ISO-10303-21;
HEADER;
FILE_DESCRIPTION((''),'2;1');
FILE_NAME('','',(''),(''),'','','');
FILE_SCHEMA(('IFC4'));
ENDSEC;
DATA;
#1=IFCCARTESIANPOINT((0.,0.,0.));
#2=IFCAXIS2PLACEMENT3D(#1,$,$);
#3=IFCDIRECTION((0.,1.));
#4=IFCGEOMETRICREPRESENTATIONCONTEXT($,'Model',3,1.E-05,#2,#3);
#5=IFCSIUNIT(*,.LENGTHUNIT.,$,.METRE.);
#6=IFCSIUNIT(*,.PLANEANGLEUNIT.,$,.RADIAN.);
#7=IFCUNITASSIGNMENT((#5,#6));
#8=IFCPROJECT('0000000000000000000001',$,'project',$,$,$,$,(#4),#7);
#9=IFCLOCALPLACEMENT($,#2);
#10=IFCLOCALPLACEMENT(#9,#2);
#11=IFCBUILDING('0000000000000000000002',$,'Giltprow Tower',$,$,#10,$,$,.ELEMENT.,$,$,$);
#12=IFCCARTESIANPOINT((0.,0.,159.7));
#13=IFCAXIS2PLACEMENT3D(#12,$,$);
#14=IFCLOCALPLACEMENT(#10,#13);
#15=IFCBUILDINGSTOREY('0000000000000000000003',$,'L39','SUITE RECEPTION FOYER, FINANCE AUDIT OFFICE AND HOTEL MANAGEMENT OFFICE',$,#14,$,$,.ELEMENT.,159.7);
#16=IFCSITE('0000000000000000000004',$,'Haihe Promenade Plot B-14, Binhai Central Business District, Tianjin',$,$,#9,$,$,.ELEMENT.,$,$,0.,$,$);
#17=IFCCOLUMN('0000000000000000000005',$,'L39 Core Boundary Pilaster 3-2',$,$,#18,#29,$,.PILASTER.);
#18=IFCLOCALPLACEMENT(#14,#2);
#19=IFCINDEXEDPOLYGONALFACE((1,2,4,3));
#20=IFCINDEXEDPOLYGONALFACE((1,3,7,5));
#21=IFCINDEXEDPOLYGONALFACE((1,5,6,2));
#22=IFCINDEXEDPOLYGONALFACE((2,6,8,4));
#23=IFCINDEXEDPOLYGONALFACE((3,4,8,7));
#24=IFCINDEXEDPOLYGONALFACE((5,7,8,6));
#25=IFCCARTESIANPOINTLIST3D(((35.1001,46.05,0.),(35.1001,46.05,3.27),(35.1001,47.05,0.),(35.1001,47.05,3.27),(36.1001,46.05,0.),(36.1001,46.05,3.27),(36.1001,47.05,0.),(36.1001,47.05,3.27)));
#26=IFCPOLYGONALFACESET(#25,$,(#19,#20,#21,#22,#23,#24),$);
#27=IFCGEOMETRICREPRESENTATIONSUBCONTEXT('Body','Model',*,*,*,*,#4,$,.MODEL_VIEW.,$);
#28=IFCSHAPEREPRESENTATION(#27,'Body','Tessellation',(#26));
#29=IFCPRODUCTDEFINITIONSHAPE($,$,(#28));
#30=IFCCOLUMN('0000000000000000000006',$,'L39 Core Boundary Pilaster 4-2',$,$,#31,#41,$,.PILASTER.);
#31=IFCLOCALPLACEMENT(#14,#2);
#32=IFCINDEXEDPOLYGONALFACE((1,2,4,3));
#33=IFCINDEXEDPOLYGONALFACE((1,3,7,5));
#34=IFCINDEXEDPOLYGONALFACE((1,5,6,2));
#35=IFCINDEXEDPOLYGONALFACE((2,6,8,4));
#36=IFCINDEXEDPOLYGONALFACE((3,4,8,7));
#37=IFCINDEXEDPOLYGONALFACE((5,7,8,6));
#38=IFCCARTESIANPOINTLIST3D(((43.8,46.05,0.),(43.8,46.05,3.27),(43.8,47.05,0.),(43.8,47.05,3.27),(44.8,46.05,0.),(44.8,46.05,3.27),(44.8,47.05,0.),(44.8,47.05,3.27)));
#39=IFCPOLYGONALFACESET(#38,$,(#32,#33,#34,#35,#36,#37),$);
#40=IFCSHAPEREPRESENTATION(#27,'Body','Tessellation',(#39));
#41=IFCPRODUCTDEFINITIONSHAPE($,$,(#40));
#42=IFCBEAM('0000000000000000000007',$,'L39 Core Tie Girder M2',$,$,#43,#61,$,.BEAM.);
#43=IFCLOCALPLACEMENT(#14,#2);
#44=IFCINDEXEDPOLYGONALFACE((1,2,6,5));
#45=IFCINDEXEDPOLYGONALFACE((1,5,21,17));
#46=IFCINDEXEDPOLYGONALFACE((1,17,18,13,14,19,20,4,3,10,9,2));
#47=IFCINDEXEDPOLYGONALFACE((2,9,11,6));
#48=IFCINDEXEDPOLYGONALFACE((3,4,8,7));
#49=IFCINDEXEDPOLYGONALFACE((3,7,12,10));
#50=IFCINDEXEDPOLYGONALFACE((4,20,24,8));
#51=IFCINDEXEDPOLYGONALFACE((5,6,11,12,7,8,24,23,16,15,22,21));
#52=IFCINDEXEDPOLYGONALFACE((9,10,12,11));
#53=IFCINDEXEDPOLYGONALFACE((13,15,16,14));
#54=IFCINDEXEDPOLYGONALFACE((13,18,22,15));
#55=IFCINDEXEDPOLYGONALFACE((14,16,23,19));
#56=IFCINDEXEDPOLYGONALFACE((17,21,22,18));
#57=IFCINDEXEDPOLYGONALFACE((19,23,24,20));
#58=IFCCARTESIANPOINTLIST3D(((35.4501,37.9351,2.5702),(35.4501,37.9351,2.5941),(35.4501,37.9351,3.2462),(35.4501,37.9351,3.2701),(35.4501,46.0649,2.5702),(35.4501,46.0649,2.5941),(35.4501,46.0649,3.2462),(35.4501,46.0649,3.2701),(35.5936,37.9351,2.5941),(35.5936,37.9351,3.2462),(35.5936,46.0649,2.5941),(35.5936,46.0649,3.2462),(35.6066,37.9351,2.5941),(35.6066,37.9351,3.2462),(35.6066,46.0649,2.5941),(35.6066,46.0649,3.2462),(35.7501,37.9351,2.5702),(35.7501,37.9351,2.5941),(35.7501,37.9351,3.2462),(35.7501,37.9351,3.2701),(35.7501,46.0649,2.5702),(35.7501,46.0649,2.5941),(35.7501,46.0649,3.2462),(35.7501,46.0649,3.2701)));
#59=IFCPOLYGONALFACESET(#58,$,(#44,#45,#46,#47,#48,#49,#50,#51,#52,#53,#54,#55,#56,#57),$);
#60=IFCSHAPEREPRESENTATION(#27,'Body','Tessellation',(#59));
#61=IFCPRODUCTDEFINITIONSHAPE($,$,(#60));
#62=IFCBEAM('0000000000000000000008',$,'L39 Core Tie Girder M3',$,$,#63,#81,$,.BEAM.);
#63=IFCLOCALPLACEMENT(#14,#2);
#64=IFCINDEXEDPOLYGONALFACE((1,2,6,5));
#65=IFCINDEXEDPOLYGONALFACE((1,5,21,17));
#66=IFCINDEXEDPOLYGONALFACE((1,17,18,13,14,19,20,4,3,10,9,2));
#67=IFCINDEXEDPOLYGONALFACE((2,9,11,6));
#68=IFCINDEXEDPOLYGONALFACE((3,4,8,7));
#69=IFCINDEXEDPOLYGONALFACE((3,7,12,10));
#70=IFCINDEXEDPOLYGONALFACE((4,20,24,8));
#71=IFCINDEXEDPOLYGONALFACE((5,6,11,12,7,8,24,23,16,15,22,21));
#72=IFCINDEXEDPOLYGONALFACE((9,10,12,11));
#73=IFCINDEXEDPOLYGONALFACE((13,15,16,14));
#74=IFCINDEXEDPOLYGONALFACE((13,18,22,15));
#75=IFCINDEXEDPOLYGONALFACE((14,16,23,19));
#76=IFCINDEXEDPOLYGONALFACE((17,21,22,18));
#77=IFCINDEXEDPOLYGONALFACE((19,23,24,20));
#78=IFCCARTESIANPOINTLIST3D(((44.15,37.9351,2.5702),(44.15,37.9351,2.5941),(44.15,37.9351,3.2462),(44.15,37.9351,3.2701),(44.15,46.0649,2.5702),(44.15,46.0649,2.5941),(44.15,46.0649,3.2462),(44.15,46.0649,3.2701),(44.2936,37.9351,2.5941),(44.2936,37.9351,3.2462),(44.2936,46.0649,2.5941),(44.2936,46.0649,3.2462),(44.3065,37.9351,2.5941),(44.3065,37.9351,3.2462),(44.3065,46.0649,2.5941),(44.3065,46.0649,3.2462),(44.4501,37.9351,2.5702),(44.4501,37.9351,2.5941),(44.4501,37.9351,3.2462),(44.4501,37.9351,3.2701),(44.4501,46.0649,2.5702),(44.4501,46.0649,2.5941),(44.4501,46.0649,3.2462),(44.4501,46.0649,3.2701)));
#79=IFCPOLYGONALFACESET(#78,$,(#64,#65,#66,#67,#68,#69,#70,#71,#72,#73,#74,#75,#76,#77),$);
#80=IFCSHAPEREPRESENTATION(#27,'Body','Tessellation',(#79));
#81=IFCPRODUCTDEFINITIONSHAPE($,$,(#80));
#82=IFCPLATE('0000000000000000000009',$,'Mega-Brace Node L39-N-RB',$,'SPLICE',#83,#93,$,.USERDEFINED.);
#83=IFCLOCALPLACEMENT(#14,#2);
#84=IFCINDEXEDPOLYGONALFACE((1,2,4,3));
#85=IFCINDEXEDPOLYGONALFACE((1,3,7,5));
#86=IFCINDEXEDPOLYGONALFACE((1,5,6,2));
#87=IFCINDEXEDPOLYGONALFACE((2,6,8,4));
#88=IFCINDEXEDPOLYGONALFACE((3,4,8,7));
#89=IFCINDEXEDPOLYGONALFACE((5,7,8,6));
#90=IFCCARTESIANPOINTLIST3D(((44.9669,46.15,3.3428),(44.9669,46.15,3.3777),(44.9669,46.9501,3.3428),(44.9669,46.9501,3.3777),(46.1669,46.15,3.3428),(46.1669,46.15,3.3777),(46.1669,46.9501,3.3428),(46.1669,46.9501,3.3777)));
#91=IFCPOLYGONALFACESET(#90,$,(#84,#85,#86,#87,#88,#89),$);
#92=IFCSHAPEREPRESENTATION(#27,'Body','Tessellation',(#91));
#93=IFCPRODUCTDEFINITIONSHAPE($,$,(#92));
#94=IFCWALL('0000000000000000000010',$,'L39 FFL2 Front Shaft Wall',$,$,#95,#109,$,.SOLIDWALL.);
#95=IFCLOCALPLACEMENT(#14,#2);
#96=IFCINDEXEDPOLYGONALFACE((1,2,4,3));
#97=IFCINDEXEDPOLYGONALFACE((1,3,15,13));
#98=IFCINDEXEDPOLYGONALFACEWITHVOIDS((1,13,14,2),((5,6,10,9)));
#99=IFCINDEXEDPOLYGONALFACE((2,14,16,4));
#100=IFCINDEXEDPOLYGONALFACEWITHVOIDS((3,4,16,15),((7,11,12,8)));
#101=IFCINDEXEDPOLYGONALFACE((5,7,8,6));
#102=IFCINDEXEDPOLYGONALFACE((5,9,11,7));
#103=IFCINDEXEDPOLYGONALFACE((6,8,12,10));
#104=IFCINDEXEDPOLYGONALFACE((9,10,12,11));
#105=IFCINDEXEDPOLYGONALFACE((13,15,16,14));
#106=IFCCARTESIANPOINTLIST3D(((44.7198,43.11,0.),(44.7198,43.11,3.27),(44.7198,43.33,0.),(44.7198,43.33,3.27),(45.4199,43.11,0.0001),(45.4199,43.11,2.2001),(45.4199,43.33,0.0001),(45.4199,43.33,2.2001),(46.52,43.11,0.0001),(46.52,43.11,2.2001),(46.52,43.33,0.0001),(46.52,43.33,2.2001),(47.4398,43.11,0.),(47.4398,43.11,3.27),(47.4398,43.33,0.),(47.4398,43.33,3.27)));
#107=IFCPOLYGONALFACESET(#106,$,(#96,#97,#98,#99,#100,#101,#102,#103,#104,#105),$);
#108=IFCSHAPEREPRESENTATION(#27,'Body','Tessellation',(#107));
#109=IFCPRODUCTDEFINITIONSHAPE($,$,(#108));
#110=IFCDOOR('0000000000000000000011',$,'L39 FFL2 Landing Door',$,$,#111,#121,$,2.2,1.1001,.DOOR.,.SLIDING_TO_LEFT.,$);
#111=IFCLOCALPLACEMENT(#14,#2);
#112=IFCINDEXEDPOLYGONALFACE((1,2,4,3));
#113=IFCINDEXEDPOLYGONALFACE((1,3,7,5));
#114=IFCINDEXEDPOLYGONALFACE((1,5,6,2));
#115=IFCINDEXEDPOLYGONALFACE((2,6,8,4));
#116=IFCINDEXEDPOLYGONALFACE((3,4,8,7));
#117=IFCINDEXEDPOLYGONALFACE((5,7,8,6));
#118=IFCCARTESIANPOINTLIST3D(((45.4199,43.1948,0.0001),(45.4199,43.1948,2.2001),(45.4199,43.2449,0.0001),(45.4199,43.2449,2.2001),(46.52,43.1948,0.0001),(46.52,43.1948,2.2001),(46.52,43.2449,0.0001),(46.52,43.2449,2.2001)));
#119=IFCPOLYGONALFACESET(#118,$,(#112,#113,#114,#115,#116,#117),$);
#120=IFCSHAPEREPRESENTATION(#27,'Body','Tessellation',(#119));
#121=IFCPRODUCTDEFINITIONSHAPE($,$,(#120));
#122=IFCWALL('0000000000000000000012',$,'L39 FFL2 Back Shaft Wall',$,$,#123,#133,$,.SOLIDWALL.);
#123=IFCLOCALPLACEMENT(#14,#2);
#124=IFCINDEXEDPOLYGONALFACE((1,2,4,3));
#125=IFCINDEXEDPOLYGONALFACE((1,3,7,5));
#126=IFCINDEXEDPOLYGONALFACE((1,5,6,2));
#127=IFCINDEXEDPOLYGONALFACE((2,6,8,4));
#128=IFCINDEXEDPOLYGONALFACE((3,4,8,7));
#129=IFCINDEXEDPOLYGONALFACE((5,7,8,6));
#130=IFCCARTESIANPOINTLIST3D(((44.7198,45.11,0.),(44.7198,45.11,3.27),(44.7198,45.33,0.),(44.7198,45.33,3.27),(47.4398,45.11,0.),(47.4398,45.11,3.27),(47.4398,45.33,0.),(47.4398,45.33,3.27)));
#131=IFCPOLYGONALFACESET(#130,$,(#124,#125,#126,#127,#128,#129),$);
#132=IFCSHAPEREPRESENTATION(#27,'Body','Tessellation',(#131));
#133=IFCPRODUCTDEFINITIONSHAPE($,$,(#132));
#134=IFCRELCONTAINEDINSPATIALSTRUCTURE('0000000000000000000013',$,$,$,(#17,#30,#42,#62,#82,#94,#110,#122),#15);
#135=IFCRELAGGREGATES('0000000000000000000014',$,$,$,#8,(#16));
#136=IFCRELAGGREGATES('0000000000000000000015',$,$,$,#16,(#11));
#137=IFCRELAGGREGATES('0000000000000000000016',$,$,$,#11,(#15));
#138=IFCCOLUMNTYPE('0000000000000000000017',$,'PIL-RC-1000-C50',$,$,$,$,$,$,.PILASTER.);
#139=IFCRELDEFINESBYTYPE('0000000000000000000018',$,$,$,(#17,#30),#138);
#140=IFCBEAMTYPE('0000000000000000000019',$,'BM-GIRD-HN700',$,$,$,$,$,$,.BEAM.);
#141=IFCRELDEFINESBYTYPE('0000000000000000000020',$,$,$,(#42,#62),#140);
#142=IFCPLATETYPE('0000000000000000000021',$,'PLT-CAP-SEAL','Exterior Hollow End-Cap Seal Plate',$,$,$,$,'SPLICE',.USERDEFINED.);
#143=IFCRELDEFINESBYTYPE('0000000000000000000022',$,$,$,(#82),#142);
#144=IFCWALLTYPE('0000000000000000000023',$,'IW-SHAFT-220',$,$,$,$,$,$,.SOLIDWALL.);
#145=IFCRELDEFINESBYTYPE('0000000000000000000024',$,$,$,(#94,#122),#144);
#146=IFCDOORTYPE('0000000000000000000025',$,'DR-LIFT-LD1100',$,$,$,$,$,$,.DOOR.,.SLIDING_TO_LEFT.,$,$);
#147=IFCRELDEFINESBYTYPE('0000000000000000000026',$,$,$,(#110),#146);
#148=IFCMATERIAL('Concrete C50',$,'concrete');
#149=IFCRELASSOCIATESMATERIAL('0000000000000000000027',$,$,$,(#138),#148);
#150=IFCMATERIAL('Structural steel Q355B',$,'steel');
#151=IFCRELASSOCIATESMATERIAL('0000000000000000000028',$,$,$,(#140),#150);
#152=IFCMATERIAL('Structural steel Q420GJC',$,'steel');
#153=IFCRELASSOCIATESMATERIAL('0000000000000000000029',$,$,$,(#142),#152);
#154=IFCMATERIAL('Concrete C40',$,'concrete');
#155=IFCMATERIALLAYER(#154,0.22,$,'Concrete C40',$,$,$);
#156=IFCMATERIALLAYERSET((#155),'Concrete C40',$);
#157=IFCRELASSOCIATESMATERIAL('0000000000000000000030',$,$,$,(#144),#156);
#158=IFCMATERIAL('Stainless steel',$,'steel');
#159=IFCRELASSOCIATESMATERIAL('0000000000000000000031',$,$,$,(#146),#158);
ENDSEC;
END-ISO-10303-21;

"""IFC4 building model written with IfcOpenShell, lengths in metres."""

from ifc_helpers import new_model, si_unit, direction, frame, frame_2d, origin, origin_2d, place, context, subcontext, project, spatial, rectangle, i_section, extrude, source, transform, mapped, material, layer, layer_set, material_profile, profile_set, type_object, element, fill, save


model = new_model("IFC4")

# Units and contexts
model_context = context("Model", 3, precision=1e-05, world=origin(), true_north=direction((0.0, 1.0)))
body_context = subcontext(model_context, "Body", "Model", "MODEL_VIEW")
ifc_project = project(units=[si_unit("LENGTHUNIT", "METRE"), si_unit("PLANEANGLEUNIT", "RADIAN")], contexts=[model_context])

# Site, building, storey
site_placement = place(None, origin())
site = spatial("IfcSite", under=ifc_project, at=site_placement, Name="Haihe Promenade Plot B-14, Binhai Central Business District, Tianjin", CompositionType="ELEMENT", RefElevation=0.0)
building_placement = place(site_placement, origin())
building = spatial("IfcBuilding", under=site, at=building_placement, Name="Giltprow Tower", CompositionType="ELEMENT")
storey_placement = place(building_placement, frame((0.0, 0.0, 159.7)))
storey = spatial("IfcBuildingStorey", under=building, at=storey_placement, Name="L39", Description="SUITE RECEPTION FOYER, FINANCE AUDIT OFFICE AND HOTEL MANAGEMENT OFFICE", CompositionType="ELEMENT", Elevation=159.7)

# Columns
ifc_material_1 = material(Name="Concrete C50", Category="concrete")
ifc_material_profile_1 = material_profile(ifc_material_1, rectangle(XDim=1.0, YDim=1.0, at=origin_2d()), Name="RC 1000x1000")
ifc_profile_set_1 = profile_set([ifc_material_profile_1], Name="Concrete C50")
column_type = type_object("IfcColumnType", Name="PIL-RC-1000-C50", PredefinedType="PILASTER", material=ifc_profile_set_1)
shared_shape_1 = source(origin(), body_context, "Body", "SweptSolid", [
    extrude(rectangle(XDim=1.0, YDim=1.0, at=origin_2d()), origin(), (0.0, 0.0, 1.0), 3.27),
])
for number, where, z_axis, x_axis, name in (
    (1, (35.6001, 46.55, 0.0), (0.0, 0.0, 1.0), (1.0, 0.0, 0.0), "L39 Core Boundary Pilaster 3-2"),
    (2, (44.3, 46.55, 0.0), (0.0, 0.0, 1.0), (1.0, 0.0, 0.0), "L39 Core Boundary Pilaster 4-2"),
):
    element("IfcColumn", number, at=place(storey_placement, frame(where, z_axis=z_axis, x_axis=x_axis)), inside=storey, type_object=column_type, Name=name, PredefinedType="PILASTER", context=body_context, shape_type="MappedRepresentation", body=[
        mapped(shared_shape_1, transform((0.0, 0.0, 0.0), x_axis=(1.0, 0.0, 0.0), y_axis=(0.0, 1.0, 0.0), z_axis=(0.0, 0.0, 1.0), scale=1.0)),
    ])

# Beams
ifc_material_2 = material(Name="Structural steel Q355B", Category="steel")
ifc_material_profile_2 = material_profile(ifc_material_2, i_section(OverallWidth=0.3, OverallDepth=0.7, WebThickness=0.0129, FlangeThickness=0.0239, at=origin_2d()), Name="HN 700x300x13x24")
ifc_profile_set_2 = profile_set([ifc_material_profile_2], Name="Structural steel Q355B")
beam_type = type_object("IfcBeamType", Name="BM-GIRD-HN700", PredefinedType="BEAM", material=ifc_profile_set_2)
shared_shape_2 = source(origin(), body_context, "Body", "SweptSolid", [
    extrude(i_section(OverallWidth=0.3, OverallDepth=0.7, WebThickness=0.0129, FlangeThickness=0.0239, at=origin_2d()), origin(), (0.0, 0.0, 1.0), 8.1299),
])
for number, where, z_axis, x_axis, name in (
    (3, (35.6001, 37.9351, 2.9202), (0.0, 1.0, 0.0), (-1.0, 0.0, 0.0), "L39 Core Tie Girder M2"),
    (4, (44.3, 37.9351, 2.9202), (0.0, 1.0, 0.0), (-1.0, 0.0, 0.0), "L39 Core Tie Girder M3"),
):
    element("IfcBeam", number, at=place(storey_placement, frame(where, z_axis=z_axis, x_axis=x_axis)), inside=storey, type_object=beam_type, Name=name, PredefinedType="BEAM", context=body_context, shape_type="MappedRepresentation", body=[
        mapped(shared_shape_2, transform((0.0, 0.0, 0.0), x_axis=(1.0, 0.0, 0.0), y_axis=(0.0, 1.0, 0.0), z_axis=(0.0, 0.0, 1.0), scale=1.0)),
    ])

# Plate
ifc_material_3 = material(Name="Structural steel Q420GJC", Category="steel")
plate_type = type_object("IfcPlateType", Name="PLT-CAP-SEAL", Description="Exterior Hollow End-Cap Seal Plate", ElementType="SPLICE", PredefinedType="USERDEFINED", material=ifc_material_3)
shared_shape_3 = source(origin(), body_context, "Body", "SweptSolid", [
    extrude(rectangle(XDim=1.2, YDim=0.8, at=origin_2d()), origin(), (0.0, 0.0, 1.0), 0.0349),
])
plate_placement = place(storey_placement, frame((45.5669, 46.55, 3.3428), z_axis=(0.0, 0.0, 1.0), x_axis=(1.0, 0.0, 0.0)))
element("IfcPlate", 5, at=plate_placement, inside=storey, type_object=plate_type, Name="Mega-Brace Node L39-N-RB", ObjectType="SPLICE", PredefinedType="USERDEFINED", context=body_context, shape_type="MappedRepresentation", body=[
    mapped(shared_shape_3, transform((0.0, 0.0, 0.0), x_axis=(1.0, 0.0, 0.0), y_axis=(0.0, 1.0, 0.0), z_axis=(0.0, 0.0, 1.0), scale=1.0)),
])

# Wall, opening, door
ifc_material_4 = material(Name="Concrete C40", Category="concrete")
ifc_layer_1 = layer(ifc_material_4, 0.22, Name="Concrete C40")
ifc_layer_set_1 = layer_set([ifc_layer_1], Name="Concrete C40")
wall_type_1 = type_object("IfcWallType", Name="IW-SHAFT-220", PredefinedType="SOLIDWALL", material=ifc_layer_set_1)
wall_1_placement = place(storey_placement, frame((44.72, 43.22, 0.0), z_axis=(0.0, 0.0, 1.0), x_axis=(1.0, 0.0, 0.0)))
wall_1 = element("IfcWall", 6, at=wall_1_placement, inside=storey, type_object=wall_type_1, Name="L39 FFL2 Front Shaft Wall", PredefinedType="SOLIDWALL", context=body_context, shape_type="SweptSolid", body=[
    extrude(rectangle(XDim=2.72, YDim=0.22, at=frame_2d((1.3599, 0.0))), origin(), (0.0, 0.0, 1.0), 3.27),
])
opening_1_placement = place(wall_1_placement, frame((0.7, 0.0, 0.0)))
opening_1 = element("IfcOpeningElement", 7, at=opening_1_placement, cuts=wall_1, PredefinedType="OPENING", context=body_context, shape_type="SweptSolid", body=[
    extrude(rectangle(XDim=1.1001, YDim=2.2, at=frame_2d((0.55, 1.1001))), frame((0.0, 0.1199, 0.0), z_axis=(0.0, -1.0, 0.0), x_axis=(1.0, 0.0, 0.0)), (0.0, 0.0, 1.0), 0.24),
])
ifc_material_5 = material(Name="Stainless steel", Category="steel")
door_type_1 = type_object("IfcDoorType", Name="DR-LIFT-LD1100", OperationType="SLIDING_TO_LEFT", PredefinedType="DOOR", material=ifc_material_5)
shared_shape_4 = source(origin(), body_context, "Body", "SweptSolid", [
    extrude(rectangle(XDim=1.1001, YDim=2.2, at=frame_2d((0.55, 1.1001))), frame((0.0, 0.0249, 0.0), z_axis=(0.0, -1.0, 0.0), x_axis=(1.0, 0.0, 0.0)), (0.0, 0.0, 1.0), 0.05),
])
door_1_placement = place(opening_1_placement, origin())
door_1 = element("IfcDoor", 8, at=door_1_placement, inside=storey, type_object=door_type_1, Name="L39 FFL2 Landing Door", OperationType="SLIDING_TO_LEFT", OverallHeight=2.2, OverallWidth=1.1001, PredefinedType="DOOR", context=body_context, shape_type="MappedRepresentation", body=[
    mapped(shared_shape_4, transform((0.0, 0.0, 0.0), x_axis=(1.0, 0.0, 0.0), y_axis=(0.0, 1.0, 0.0), z_axis=(0.0, 0.0, 1.0), scale=1.0)),
])
fill(opening_1, door_1)

# Wall
wall_2_placement = place(storey_placement, frame((44.72, 45.22, 0.0), z_axis=(0.0, 0.0, 1.0), x_axis=(1.0, 0.0, 0.0)))
element("IfcWall", 9, at=wall_2_placement, inside=storey, type_object=wall_type_1, Name="L39 FFL2 Back Shaft Wall", PredefinedType="SOLIDWALL", context=body_context, shape_type="SweptSolid", body=[
    extrude(rectangle(XDim=2.72, YDim=0.22, at=frame_2d((1.3599, 0.0))), origin(), (0.0, 0.0, 1.0), 3.27),
])

save(model, "model.ifc")
